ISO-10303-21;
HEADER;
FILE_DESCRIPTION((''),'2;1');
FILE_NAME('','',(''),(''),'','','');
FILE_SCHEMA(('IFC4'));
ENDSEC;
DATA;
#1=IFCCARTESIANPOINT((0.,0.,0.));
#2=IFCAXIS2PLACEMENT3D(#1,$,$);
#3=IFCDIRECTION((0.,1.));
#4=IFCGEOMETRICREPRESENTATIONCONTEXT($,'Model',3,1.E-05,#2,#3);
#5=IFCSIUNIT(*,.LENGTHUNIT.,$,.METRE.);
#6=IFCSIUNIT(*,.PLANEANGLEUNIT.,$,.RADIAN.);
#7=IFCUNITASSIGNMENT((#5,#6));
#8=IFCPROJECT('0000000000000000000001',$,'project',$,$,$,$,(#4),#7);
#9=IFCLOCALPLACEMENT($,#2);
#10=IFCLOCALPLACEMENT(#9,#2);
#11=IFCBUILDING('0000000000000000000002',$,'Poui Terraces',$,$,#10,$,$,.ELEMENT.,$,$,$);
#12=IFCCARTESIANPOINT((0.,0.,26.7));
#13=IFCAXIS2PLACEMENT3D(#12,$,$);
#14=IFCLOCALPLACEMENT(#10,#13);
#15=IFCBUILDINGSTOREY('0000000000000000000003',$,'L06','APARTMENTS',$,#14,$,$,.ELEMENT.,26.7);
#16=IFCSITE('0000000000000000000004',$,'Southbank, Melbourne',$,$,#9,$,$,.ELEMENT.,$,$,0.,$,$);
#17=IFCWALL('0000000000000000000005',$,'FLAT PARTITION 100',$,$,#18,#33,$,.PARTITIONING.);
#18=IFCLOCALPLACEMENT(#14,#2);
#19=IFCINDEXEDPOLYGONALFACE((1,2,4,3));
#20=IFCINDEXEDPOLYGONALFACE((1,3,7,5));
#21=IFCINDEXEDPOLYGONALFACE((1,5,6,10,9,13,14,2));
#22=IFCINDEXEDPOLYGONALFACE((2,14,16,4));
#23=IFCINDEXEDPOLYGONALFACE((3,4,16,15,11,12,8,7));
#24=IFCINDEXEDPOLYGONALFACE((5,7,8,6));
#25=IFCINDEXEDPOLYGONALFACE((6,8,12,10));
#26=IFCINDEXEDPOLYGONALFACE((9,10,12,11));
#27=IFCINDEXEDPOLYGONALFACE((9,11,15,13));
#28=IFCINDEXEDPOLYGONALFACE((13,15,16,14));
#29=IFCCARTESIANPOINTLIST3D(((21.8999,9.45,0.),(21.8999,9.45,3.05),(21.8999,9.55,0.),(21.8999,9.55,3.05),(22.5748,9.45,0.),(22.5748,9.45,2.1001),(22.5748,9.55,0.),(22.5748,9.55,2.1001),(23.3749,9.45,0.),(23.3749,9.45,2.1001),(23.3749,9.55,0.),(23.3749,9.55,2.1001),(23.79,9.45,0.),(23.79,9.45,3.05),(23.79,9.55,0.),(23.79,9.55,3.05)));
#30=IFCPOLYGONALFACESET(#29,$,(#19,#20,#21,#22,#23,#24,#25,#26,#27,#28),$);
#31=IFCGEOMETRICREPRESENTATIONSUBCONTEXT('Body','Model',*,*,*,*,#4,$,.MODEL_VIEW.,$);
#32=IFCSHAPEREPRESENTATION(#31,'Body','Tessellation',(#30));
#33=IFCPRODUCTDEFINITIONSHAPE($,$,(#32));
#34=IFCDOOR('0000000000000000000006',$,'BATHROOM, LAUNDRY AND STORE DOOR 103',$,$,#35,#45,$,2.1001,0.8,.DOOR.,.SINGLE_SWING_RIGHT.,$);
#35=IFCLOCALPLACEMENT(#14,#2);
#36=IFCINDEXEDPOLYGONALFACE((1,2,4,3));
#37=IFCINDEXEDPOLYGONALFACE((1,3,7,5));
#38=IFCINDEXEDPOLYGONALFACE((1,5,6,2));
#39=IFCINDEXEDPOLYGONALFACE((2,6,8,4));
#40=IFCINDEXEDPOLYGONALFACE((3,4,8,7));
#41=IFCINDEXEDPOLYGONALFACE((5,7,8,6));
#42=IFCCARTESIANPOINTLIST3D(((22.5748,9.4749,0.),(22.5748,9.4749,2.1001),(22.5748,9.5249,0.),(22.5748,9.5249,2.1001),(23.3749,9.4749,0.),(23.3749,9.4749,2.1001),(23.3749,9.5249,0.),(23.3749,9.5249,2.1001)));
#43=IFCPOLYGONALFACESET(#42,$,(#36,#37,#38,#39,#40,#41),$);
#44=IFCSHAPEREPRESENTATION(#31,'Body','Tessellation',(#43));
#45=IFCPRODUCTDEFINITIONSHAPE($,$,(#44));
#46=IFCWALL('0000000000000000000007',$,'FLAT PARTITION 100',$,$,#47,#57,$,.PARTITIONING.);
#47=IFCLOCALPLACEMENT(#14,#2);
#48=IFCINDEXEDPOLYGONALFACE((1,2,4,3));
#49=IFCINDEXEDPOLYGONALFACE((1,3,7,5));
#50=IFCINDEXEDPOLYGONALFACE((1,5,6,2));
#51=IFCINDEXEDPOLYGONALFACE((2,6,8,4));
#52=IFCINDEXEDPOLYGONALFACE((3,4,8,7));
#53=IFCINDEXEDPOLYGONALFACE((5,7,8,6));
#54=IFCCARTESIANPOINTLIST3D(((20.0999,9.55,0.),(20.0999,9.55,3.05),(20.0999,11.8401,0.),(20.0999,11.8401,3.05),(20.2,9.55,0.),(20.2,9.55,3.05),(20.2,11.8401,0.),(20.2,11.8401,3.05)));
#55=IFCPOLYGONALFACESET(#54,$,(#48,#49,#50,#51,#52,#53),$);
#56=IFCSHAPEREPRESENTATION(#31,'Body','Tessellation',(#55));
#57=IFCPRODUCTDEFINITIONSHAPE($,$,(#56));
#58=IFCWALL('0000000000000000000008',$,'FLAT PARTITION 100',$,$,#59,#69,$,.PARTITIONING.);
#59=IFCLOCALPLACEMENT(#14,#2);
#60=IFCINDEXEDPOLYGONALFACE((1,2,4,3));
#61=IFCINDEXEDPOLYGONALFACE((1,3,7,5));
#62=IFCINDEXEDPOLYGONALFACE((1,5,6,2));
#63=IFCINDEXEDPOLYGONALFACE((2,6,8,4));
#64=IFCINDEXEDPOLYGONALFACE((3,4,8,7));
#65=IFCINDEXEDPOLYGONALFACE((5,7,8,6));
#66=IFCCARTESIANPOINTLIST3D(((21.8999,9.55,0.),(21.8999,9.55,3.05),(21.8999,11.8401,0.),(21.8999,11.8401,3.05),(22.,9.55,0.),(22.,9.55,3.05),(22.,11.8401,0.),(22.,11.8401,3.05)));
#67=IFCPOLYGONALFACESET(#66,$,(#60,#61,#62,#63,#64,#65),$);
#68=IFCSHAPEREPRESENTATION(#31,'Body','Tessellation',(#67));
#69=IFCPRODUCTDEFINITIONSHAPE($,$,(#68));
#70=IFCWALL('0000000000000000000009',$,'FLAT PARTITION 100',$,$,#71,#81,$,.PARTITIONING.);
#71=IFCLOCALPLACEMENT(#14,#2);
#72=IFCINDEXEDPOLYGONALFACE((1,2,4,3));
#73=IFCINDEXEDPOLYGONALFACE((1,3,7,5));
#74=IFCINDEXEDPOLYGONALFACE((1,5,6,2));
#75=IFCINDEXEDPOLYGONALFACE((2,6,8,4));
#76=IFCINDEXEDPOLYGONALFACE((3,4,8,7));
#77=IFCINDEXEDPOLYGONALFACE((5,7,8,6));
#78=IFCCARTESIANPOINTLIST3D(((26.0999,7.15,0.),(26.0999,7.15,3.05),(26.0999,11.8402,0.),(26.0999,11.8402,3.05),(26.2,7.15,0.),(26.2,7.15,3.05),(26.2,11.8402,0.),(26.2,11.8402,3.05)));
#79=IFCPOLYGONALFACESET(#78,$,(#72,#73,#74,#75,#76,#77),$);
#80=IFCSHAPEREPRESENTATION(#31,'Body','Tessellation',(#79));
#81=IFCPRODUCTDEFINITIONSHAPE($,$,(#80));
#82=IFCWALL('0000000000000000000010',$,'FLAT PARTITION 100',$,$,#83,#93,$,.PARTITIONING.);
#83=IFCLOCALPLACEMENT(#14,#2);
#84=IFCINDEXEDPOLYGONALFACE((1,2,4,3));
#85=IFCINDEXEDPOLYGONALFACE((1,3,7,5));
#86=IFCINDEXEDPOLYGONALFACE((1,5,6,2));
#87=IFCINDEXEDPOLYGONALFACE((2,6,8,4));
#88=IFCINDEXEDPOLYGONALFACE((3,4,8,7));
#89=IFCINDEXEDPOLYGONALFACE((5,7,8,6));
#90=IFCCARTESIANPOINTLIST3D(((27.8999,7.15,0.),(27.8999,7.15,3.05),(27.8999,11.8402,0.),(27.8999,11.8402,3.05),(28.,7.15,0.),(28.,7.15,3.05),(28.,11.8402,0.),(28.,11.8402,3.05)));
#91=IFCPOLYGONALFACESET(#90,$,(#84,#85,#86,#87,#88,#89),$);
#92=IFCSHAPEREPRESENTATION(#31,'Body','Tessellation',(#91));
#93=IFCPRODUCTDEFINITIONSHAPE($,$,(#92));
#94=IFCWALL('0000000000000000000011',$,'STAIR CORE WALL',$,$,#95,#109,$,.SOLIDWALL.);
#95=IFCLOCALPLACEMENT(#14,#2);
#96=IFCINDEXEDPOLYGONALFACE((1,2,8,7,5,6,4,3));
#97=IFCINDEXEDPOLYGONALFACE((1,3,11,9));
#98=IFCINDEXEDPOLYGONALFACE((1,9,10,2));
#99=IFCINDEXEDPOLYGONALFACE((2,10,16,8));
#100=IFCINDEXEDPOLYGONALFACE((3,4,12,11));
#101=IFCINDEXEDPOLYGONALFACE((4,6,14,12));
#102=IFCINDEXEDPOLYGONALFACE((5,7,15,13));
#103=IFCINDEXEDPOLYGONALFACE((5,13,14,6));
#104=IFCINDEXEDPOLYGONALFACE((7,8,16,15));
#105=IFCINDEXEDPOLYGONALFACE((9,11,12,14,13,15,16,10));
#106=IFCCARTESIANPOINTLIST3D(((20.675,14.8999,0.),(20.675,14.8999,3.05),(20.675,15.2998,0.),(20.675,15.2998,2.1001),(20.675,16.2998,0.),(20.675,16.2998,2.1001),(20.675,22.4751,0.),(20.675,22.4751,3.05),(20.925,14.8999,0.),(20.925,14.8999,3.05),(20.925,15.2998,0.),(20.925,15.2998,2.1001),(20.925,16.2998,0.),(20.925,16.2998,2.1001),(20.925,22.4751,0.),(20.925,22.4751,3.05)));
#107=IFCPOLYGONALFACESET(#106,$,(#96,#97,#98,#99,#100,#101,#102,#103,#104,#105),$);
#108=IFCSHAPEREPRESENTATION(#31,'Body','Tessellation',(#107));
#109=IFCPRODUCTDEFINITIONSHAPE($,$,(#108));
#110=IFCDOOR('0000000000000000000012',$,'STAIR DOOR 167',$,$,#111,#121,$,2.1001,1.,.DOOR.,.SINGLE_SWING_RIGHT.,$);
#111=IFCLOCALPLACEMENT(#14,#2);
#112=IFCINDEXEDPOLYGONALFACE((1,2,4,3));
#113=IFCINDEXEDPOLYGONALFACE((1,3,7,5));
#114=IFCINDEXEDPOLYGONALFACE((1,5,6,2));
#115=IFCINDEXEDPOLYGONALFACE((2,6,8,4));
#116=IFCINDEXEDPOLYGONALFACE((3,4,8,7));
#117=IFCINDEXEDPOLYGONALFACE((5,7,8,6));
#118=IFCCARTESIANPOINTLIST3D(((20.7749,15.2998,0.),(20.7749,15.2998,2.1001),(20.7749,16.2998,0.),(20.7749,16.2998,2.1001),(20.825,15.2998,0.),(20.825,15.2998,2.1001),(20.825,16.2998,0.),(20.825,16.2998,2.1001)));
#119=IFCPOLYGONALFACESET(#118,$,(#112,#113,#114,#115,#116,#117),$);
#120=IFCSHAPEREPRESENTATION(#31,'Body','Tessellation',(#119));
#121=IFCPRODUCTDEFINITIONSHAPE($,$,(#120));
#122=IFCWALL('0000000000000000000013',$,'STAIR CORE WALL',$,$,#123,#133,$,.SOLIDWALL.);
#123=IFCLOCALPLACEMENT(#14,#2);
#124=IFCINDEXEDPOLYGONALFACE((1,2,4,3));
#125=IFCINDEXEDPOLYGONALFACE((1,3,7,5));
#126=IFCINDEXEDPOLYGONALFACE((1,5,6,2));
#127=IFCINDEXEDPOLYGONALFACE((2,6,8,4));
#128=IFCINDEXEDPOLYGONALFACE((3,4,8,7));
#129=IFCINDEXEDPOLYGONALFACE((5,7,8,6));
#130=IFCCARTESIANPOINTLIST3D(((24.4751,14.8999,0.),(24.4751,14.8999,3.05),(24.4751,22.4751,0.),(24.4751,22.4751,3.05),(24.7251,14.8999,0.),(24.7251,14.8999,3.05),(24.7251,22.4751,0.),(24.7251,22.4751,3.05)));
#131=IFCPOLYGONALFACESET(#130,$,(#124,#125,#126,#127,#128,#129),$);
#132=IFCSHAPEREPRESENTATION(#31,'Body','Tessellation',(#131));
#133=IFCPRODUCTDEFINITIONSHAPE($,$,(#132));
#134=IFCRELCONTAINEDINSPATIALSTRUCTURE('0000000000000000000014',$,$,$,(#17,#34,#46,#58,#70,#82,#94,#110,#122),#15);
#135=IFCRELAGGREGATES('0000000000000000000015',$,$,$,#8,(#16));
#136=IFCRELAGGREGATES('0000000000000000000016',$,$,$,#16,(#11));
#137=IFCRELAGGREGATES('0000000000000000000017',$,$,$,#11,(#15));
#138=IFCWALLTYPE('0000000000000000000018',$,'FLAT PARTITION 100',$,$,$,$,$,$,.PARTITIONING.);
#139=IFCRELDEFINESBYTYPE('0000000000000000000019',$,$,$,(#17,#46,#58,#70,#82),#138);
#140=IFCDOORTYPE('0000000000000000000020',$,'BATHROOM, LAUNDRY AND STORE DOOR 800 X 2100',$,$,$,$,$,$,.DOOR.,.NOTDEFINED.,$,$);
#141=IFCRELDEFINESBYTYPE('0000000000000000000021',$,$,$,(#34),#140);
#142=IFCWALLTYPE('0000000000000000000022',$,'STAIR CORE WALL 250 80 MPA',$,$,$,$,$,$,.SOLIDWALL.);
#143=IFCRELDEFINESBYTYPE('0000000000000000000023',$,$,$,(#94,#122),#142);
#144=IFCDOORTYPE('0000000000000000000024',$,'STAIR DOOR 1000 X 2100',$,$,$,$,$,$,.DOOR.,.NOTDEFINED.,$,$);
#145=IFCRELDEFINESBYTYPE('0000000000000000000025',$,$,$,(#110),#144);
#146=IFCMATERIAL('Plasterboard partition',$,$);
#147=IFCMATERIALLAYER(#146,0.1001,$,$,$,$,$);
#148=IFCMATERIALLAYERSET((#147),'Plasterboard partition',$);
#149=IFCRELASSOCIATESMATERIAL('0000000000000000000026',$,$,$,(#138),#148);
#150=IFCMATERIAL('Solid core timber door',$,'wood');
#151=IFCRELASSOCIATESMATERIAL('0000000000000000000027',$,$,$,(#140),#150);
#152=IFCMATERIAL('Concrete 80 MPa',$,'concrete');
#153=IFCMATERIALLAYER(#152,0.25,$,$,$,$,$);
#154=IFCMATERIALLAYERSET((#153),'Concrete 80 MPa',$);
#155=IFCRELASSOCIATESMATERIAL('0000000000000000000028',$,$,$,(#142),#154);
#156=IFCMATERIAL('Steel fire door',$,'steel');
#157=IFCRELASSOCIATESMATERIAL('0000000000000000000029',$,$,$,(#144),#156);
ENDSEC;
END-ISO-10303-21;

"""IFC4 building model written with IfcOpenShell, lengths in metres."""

from ifc_helpers import new_model, si_unit, direction, frame, frame_2d, origin, place, context, subcontext, project, spatial, rectangle, extrude, material, layer, layer_set, type_object, element, fill, save


model = new_model("IFC4")

# Units and contexts
model_context = context("Model", 3, precision=1e-05, world=origin(), true_north=direction((0.0, 1.0)))
body_context = subcontext(model_context, "Body", "Model", "MODEL_VIEW")
ifc_project = project(units=[si_unit("LENGTHUNIT", "METRE"), si_unit("PLANEANGLEUNIT", "RADIAN")], contexts=[model_context])

# Site, building, storey
site_placement = place(None, origin())
site = spatial("IfcSite", under=ifc_project, at=site_placement, Name="Southbank, Melbourne", CompositionType="ELEMENT", RefElevation=0.0)
building_placement = place(site_placement, origin())
building = spatial("IfcBuilding", under=site, at=building_placement, Name="Poui Terraces", CompositionType="ELEMENT")
storey_placement = place(building_placement, frame((0.0, 0.0, 26.7)))
storey = spatial("IfcBuildingStorey", under=building, at=storey_placement, Name="L06", Description="APARTMENTS", CompositionType="ELEMENT", Elevation=26.7)

# Shared definitions
ifc_material_1 = material(Name="Concrete 80 MPa", Category="concrete")

# Shared definitions
ifc_material_2 = material(Name="Steel fire door", Category="steel")

# Wall, opening, door
ifc_material_3 = material(Name="Plasterboard partition")
ifc_layer_1 = layer(ifc_material_3, 0.1001)
ifc_layer_set_1 = layer_set([ifc_layer_1], Name="Plasterboard partition")
wall_type_1 = type_object("IfcWallType", Name="FLAT PARTITION 100", PredefinedType="PARTITIONING", material=ifc_layer_set_1)
ifc_material_4 = material(Name="Solid core timber door", Category="wood")
wall_1_placement = place(storey_placement, frame((21.8999, 9.5, 0.0), z_axis=(0.0, 0.0, 1.0), x_axis=(1.0, 0.0, 0.0)))
wall_1 = element("IfcWall", 1, at=wall_1_placement, inside=storey, type_object=wall_type_1, Name="FLAT PARTITION 100", PredefinedType="PARTITIONING", context=body_context, shape_type="SweptSolid", body=[
    extrude(rectangle(XDim=1.8901, YDim=0.1001, at=frame_2d((0.9451, 0.0))), origin(), (0.0, 0.0, 1.0), 3.05),
])
opening_1_placement = place(wall_1_placement, frame((0.675, 0.0, 0.0)))
opening_1 = element("IfcOpeningElement", 2, at=opening_1_placement, cuts=wall_1, PredefinedType="OPENING", context=body_context, shape_type="SweptSolid", body=[
    extrude(rectangle(XDim=0.8, YDim=2.1001, at=frame_2d((0.3999, 1.05))), frame((0.0, 0.0601, 0.0), z_axis=(0.0, -1.0, 0.0), x_axis=(1.0, 0.0, 0.0)), (0.0, 0.0, 1.0), 0.1201),
])
door_type_1 = type_object("IfcDoorType", Name="BATHROOM, LAUNDRY AND STORE DOOR 800 X 2100", OperationType="NOTDEFINED", PredefinedType="DOOR", material=ifc_material_4)
door_1_placement = place(opening_1_placement, origin())
door_1 = element("IfcDoor", 3, at=door_1_placement, inside=storey, type_object=door_type_1, Name="BATHROOM, LAUNDRY AND STORE DOOR 103", OperationType="SINGLE_SWING_RIGHT", OverallHeight=2.1001, OverallWidth=0.8, PredefinedType="DOOR", context=body_context, shape_type="SweptSolid", body=[
    extrude(rectangle(XDim=0.8, YDim=2.1001, at=frame_2d((0.3999, 1.05))), frame((0.0, 0.0249, 0.0), z_axis=(0.0, -1.0, 0.0), x_axis=(1.0, 0.0, 0.0)), (0.0, 0.0, 1.0), 0.05),
])
fill(opening_1, door_1)

# Walls
for number, where, z_axis, x_axis, name in (
    (4, (20.1499, 9.55, 0.0), (0.0, 0.0, 1.0), (0.0, 1.0, 0.0), "FLAT PARTITION 100"),
    (5, (21.95, 9.55, 0.0), (0.0, 0.0, 1.0), (0.0, 1.0, 0.0), "FLAT PARTITION 100"),
):
    element("IfcWall", number, at=place(storey_placement, frame(where, z_axis=z_axis, x_axis=x_axis)), inside=storey, type_object=wall_type_1, Name=name, PredefinedType="PARTITIONING", context=body_context, shape_type="SweptSolid", body=[
        extrude(rectangle(XDim=2.29, YDim=0.1001, at=frame_2d((1.145, 0.0))), origin(), (0.0, 0.0, 1.0), 3.05),
    ])
for number, where, z_axis, x_axis, name in (
    (6, (26.1499, 7.1499, 0.0), (0.0, 0.0, 1.0), (0.0, 1.0, 0.0), "FLAT PARTITION 100"),
    (7, (27.95, 7.1499, 0.0), (0.0, 0.0, 1.0), (0.0, 1.0, 0.0), "FLAT PARTITION 100"),
):
    element("IfcWall", number, at=place(storey_placement, frame(where, z_axis=z_axis, x_axis=x_axis)), inside=storey, type_object=wall_type_1, Name=name, PredefinedType="PARTITIONING", context=body_context, shape_type="SweptSolid", body=[
        extrude(rectangle(XDim=4.6902, YDim=0.1001, at=frame_2d((2.3452, 0.0))), origin(), (0.0, 0.0, 1.0), 3.05),
    ])

# Wall, opening, door
ifc_layer_2 = layer(ifc_material_1, 0.25)
ifc_layer_set_2 = layer_set([ifc_layer_2], Name="Concrete 80 MPa")
wall_type_2 = type_object("IfcWallType", Name="STAIR CORE WALL 250 80 MPA", PredefinedType="SOLIDWALL", material=ifc_layer_set_2)
wall_2_placement = place(storey_placement, frame((20.8, 14.8999, 0.0), z_axis=(0.0, 0.0, 1.0), x_axis=(0.0, 1.0, 0.0)))
wall_2 = element("IfcWall", 8, at=wall_2_placement, inside=storey, type_object=wall_type_2, Name="STAIR CORE WALL", PredefinedType="SOLIDWALL", context=body_context, shape_type="SweptSolid", body=[
    extrude(rectangle(XDim=7.5752, YDim=0.25, at=frame_2d((3.7876, 0.0))), origin(), (0.0, 0.0, 1.0), 3.05),
])
opening_2_placement = place(wall_2_placement, frame((0.3999, 0.0, 0.0)))
opening_2 = element("IfcOpeningElement", 9, at=opening_2_placement, cuts=wall_2, PredefinedType="OPENING", context=body_context, shape_type="SweptSolid", body=[
    extrude(rectangle(XDim=1.0, YDim=2.1001, at=frame_2d((0.5, 1.05))), frame((0.0, 0.135, 0.0), z_axis=(0.0, -1.0, 0.0), x_axis=(1.0, 0.0, 0.0)), (0.0, 0.0, 1.0), 0.27),
])
door_type_2 = type_object("IfcDoorType", Name="STAIR DOOR 1000 X 2100", OperationType="NOTDEFINED", PredefinedType="DOOR", material=ifc_material_2)
door_2_placement = place(opening_2_placement, frame((1.0, 0.0, 0.0), z_axis=(0.0, 0.0, 1.0), x_axis=(-1.0, 0.0, 0.0)))
door_2 = element("IfcDoor", 10, at=door_2_placement, inside=storey, type_object=door_type_2, Name="STAIR DOOR 167", OperationType="SINGLE_SWING_RIGHT", OverallHeight=2.1001, OverallWidth=1.0, PredefinedType="DOOR", context=body_context, shape_type="SweptSolid", body=[
    extrude(rectangle(XDim=1.0, YDim=2.1001, at=frame_2d((0.5, 1.05))), frame((0.0, 0.0249, 0.0), z_axis=(0.0, -1.0, 0.0), x_axis=(1.0, 0.0, 0.0)), (0.0, 0.0, 1.0), 0.05),
])
fill(opening_2, door_2)

# Wall
wall_3_placement = place(storey_placement, frame((24.6001, 14.8999, 0.0), z_axis=(0.0, 0.0, 1.0), x_axis=(0.0, 1.0, 0.0)))
element("IfcWall", 11, at=wall_3_placement, inside=storey, type_object=wall_type_2, Name="STAIR CORE WALL", PredefinedType="SOLIDWALL", context=body_context, shape_type="SweptSolid", body=[
    extrude(rectangle(XDim=7.5752, YDim=0.25, at=frame_2d((3.7876, 0.0))), origin(), (0.0, 0.0, 1.0), 3.05),
])

save(model, "model.ifc")
